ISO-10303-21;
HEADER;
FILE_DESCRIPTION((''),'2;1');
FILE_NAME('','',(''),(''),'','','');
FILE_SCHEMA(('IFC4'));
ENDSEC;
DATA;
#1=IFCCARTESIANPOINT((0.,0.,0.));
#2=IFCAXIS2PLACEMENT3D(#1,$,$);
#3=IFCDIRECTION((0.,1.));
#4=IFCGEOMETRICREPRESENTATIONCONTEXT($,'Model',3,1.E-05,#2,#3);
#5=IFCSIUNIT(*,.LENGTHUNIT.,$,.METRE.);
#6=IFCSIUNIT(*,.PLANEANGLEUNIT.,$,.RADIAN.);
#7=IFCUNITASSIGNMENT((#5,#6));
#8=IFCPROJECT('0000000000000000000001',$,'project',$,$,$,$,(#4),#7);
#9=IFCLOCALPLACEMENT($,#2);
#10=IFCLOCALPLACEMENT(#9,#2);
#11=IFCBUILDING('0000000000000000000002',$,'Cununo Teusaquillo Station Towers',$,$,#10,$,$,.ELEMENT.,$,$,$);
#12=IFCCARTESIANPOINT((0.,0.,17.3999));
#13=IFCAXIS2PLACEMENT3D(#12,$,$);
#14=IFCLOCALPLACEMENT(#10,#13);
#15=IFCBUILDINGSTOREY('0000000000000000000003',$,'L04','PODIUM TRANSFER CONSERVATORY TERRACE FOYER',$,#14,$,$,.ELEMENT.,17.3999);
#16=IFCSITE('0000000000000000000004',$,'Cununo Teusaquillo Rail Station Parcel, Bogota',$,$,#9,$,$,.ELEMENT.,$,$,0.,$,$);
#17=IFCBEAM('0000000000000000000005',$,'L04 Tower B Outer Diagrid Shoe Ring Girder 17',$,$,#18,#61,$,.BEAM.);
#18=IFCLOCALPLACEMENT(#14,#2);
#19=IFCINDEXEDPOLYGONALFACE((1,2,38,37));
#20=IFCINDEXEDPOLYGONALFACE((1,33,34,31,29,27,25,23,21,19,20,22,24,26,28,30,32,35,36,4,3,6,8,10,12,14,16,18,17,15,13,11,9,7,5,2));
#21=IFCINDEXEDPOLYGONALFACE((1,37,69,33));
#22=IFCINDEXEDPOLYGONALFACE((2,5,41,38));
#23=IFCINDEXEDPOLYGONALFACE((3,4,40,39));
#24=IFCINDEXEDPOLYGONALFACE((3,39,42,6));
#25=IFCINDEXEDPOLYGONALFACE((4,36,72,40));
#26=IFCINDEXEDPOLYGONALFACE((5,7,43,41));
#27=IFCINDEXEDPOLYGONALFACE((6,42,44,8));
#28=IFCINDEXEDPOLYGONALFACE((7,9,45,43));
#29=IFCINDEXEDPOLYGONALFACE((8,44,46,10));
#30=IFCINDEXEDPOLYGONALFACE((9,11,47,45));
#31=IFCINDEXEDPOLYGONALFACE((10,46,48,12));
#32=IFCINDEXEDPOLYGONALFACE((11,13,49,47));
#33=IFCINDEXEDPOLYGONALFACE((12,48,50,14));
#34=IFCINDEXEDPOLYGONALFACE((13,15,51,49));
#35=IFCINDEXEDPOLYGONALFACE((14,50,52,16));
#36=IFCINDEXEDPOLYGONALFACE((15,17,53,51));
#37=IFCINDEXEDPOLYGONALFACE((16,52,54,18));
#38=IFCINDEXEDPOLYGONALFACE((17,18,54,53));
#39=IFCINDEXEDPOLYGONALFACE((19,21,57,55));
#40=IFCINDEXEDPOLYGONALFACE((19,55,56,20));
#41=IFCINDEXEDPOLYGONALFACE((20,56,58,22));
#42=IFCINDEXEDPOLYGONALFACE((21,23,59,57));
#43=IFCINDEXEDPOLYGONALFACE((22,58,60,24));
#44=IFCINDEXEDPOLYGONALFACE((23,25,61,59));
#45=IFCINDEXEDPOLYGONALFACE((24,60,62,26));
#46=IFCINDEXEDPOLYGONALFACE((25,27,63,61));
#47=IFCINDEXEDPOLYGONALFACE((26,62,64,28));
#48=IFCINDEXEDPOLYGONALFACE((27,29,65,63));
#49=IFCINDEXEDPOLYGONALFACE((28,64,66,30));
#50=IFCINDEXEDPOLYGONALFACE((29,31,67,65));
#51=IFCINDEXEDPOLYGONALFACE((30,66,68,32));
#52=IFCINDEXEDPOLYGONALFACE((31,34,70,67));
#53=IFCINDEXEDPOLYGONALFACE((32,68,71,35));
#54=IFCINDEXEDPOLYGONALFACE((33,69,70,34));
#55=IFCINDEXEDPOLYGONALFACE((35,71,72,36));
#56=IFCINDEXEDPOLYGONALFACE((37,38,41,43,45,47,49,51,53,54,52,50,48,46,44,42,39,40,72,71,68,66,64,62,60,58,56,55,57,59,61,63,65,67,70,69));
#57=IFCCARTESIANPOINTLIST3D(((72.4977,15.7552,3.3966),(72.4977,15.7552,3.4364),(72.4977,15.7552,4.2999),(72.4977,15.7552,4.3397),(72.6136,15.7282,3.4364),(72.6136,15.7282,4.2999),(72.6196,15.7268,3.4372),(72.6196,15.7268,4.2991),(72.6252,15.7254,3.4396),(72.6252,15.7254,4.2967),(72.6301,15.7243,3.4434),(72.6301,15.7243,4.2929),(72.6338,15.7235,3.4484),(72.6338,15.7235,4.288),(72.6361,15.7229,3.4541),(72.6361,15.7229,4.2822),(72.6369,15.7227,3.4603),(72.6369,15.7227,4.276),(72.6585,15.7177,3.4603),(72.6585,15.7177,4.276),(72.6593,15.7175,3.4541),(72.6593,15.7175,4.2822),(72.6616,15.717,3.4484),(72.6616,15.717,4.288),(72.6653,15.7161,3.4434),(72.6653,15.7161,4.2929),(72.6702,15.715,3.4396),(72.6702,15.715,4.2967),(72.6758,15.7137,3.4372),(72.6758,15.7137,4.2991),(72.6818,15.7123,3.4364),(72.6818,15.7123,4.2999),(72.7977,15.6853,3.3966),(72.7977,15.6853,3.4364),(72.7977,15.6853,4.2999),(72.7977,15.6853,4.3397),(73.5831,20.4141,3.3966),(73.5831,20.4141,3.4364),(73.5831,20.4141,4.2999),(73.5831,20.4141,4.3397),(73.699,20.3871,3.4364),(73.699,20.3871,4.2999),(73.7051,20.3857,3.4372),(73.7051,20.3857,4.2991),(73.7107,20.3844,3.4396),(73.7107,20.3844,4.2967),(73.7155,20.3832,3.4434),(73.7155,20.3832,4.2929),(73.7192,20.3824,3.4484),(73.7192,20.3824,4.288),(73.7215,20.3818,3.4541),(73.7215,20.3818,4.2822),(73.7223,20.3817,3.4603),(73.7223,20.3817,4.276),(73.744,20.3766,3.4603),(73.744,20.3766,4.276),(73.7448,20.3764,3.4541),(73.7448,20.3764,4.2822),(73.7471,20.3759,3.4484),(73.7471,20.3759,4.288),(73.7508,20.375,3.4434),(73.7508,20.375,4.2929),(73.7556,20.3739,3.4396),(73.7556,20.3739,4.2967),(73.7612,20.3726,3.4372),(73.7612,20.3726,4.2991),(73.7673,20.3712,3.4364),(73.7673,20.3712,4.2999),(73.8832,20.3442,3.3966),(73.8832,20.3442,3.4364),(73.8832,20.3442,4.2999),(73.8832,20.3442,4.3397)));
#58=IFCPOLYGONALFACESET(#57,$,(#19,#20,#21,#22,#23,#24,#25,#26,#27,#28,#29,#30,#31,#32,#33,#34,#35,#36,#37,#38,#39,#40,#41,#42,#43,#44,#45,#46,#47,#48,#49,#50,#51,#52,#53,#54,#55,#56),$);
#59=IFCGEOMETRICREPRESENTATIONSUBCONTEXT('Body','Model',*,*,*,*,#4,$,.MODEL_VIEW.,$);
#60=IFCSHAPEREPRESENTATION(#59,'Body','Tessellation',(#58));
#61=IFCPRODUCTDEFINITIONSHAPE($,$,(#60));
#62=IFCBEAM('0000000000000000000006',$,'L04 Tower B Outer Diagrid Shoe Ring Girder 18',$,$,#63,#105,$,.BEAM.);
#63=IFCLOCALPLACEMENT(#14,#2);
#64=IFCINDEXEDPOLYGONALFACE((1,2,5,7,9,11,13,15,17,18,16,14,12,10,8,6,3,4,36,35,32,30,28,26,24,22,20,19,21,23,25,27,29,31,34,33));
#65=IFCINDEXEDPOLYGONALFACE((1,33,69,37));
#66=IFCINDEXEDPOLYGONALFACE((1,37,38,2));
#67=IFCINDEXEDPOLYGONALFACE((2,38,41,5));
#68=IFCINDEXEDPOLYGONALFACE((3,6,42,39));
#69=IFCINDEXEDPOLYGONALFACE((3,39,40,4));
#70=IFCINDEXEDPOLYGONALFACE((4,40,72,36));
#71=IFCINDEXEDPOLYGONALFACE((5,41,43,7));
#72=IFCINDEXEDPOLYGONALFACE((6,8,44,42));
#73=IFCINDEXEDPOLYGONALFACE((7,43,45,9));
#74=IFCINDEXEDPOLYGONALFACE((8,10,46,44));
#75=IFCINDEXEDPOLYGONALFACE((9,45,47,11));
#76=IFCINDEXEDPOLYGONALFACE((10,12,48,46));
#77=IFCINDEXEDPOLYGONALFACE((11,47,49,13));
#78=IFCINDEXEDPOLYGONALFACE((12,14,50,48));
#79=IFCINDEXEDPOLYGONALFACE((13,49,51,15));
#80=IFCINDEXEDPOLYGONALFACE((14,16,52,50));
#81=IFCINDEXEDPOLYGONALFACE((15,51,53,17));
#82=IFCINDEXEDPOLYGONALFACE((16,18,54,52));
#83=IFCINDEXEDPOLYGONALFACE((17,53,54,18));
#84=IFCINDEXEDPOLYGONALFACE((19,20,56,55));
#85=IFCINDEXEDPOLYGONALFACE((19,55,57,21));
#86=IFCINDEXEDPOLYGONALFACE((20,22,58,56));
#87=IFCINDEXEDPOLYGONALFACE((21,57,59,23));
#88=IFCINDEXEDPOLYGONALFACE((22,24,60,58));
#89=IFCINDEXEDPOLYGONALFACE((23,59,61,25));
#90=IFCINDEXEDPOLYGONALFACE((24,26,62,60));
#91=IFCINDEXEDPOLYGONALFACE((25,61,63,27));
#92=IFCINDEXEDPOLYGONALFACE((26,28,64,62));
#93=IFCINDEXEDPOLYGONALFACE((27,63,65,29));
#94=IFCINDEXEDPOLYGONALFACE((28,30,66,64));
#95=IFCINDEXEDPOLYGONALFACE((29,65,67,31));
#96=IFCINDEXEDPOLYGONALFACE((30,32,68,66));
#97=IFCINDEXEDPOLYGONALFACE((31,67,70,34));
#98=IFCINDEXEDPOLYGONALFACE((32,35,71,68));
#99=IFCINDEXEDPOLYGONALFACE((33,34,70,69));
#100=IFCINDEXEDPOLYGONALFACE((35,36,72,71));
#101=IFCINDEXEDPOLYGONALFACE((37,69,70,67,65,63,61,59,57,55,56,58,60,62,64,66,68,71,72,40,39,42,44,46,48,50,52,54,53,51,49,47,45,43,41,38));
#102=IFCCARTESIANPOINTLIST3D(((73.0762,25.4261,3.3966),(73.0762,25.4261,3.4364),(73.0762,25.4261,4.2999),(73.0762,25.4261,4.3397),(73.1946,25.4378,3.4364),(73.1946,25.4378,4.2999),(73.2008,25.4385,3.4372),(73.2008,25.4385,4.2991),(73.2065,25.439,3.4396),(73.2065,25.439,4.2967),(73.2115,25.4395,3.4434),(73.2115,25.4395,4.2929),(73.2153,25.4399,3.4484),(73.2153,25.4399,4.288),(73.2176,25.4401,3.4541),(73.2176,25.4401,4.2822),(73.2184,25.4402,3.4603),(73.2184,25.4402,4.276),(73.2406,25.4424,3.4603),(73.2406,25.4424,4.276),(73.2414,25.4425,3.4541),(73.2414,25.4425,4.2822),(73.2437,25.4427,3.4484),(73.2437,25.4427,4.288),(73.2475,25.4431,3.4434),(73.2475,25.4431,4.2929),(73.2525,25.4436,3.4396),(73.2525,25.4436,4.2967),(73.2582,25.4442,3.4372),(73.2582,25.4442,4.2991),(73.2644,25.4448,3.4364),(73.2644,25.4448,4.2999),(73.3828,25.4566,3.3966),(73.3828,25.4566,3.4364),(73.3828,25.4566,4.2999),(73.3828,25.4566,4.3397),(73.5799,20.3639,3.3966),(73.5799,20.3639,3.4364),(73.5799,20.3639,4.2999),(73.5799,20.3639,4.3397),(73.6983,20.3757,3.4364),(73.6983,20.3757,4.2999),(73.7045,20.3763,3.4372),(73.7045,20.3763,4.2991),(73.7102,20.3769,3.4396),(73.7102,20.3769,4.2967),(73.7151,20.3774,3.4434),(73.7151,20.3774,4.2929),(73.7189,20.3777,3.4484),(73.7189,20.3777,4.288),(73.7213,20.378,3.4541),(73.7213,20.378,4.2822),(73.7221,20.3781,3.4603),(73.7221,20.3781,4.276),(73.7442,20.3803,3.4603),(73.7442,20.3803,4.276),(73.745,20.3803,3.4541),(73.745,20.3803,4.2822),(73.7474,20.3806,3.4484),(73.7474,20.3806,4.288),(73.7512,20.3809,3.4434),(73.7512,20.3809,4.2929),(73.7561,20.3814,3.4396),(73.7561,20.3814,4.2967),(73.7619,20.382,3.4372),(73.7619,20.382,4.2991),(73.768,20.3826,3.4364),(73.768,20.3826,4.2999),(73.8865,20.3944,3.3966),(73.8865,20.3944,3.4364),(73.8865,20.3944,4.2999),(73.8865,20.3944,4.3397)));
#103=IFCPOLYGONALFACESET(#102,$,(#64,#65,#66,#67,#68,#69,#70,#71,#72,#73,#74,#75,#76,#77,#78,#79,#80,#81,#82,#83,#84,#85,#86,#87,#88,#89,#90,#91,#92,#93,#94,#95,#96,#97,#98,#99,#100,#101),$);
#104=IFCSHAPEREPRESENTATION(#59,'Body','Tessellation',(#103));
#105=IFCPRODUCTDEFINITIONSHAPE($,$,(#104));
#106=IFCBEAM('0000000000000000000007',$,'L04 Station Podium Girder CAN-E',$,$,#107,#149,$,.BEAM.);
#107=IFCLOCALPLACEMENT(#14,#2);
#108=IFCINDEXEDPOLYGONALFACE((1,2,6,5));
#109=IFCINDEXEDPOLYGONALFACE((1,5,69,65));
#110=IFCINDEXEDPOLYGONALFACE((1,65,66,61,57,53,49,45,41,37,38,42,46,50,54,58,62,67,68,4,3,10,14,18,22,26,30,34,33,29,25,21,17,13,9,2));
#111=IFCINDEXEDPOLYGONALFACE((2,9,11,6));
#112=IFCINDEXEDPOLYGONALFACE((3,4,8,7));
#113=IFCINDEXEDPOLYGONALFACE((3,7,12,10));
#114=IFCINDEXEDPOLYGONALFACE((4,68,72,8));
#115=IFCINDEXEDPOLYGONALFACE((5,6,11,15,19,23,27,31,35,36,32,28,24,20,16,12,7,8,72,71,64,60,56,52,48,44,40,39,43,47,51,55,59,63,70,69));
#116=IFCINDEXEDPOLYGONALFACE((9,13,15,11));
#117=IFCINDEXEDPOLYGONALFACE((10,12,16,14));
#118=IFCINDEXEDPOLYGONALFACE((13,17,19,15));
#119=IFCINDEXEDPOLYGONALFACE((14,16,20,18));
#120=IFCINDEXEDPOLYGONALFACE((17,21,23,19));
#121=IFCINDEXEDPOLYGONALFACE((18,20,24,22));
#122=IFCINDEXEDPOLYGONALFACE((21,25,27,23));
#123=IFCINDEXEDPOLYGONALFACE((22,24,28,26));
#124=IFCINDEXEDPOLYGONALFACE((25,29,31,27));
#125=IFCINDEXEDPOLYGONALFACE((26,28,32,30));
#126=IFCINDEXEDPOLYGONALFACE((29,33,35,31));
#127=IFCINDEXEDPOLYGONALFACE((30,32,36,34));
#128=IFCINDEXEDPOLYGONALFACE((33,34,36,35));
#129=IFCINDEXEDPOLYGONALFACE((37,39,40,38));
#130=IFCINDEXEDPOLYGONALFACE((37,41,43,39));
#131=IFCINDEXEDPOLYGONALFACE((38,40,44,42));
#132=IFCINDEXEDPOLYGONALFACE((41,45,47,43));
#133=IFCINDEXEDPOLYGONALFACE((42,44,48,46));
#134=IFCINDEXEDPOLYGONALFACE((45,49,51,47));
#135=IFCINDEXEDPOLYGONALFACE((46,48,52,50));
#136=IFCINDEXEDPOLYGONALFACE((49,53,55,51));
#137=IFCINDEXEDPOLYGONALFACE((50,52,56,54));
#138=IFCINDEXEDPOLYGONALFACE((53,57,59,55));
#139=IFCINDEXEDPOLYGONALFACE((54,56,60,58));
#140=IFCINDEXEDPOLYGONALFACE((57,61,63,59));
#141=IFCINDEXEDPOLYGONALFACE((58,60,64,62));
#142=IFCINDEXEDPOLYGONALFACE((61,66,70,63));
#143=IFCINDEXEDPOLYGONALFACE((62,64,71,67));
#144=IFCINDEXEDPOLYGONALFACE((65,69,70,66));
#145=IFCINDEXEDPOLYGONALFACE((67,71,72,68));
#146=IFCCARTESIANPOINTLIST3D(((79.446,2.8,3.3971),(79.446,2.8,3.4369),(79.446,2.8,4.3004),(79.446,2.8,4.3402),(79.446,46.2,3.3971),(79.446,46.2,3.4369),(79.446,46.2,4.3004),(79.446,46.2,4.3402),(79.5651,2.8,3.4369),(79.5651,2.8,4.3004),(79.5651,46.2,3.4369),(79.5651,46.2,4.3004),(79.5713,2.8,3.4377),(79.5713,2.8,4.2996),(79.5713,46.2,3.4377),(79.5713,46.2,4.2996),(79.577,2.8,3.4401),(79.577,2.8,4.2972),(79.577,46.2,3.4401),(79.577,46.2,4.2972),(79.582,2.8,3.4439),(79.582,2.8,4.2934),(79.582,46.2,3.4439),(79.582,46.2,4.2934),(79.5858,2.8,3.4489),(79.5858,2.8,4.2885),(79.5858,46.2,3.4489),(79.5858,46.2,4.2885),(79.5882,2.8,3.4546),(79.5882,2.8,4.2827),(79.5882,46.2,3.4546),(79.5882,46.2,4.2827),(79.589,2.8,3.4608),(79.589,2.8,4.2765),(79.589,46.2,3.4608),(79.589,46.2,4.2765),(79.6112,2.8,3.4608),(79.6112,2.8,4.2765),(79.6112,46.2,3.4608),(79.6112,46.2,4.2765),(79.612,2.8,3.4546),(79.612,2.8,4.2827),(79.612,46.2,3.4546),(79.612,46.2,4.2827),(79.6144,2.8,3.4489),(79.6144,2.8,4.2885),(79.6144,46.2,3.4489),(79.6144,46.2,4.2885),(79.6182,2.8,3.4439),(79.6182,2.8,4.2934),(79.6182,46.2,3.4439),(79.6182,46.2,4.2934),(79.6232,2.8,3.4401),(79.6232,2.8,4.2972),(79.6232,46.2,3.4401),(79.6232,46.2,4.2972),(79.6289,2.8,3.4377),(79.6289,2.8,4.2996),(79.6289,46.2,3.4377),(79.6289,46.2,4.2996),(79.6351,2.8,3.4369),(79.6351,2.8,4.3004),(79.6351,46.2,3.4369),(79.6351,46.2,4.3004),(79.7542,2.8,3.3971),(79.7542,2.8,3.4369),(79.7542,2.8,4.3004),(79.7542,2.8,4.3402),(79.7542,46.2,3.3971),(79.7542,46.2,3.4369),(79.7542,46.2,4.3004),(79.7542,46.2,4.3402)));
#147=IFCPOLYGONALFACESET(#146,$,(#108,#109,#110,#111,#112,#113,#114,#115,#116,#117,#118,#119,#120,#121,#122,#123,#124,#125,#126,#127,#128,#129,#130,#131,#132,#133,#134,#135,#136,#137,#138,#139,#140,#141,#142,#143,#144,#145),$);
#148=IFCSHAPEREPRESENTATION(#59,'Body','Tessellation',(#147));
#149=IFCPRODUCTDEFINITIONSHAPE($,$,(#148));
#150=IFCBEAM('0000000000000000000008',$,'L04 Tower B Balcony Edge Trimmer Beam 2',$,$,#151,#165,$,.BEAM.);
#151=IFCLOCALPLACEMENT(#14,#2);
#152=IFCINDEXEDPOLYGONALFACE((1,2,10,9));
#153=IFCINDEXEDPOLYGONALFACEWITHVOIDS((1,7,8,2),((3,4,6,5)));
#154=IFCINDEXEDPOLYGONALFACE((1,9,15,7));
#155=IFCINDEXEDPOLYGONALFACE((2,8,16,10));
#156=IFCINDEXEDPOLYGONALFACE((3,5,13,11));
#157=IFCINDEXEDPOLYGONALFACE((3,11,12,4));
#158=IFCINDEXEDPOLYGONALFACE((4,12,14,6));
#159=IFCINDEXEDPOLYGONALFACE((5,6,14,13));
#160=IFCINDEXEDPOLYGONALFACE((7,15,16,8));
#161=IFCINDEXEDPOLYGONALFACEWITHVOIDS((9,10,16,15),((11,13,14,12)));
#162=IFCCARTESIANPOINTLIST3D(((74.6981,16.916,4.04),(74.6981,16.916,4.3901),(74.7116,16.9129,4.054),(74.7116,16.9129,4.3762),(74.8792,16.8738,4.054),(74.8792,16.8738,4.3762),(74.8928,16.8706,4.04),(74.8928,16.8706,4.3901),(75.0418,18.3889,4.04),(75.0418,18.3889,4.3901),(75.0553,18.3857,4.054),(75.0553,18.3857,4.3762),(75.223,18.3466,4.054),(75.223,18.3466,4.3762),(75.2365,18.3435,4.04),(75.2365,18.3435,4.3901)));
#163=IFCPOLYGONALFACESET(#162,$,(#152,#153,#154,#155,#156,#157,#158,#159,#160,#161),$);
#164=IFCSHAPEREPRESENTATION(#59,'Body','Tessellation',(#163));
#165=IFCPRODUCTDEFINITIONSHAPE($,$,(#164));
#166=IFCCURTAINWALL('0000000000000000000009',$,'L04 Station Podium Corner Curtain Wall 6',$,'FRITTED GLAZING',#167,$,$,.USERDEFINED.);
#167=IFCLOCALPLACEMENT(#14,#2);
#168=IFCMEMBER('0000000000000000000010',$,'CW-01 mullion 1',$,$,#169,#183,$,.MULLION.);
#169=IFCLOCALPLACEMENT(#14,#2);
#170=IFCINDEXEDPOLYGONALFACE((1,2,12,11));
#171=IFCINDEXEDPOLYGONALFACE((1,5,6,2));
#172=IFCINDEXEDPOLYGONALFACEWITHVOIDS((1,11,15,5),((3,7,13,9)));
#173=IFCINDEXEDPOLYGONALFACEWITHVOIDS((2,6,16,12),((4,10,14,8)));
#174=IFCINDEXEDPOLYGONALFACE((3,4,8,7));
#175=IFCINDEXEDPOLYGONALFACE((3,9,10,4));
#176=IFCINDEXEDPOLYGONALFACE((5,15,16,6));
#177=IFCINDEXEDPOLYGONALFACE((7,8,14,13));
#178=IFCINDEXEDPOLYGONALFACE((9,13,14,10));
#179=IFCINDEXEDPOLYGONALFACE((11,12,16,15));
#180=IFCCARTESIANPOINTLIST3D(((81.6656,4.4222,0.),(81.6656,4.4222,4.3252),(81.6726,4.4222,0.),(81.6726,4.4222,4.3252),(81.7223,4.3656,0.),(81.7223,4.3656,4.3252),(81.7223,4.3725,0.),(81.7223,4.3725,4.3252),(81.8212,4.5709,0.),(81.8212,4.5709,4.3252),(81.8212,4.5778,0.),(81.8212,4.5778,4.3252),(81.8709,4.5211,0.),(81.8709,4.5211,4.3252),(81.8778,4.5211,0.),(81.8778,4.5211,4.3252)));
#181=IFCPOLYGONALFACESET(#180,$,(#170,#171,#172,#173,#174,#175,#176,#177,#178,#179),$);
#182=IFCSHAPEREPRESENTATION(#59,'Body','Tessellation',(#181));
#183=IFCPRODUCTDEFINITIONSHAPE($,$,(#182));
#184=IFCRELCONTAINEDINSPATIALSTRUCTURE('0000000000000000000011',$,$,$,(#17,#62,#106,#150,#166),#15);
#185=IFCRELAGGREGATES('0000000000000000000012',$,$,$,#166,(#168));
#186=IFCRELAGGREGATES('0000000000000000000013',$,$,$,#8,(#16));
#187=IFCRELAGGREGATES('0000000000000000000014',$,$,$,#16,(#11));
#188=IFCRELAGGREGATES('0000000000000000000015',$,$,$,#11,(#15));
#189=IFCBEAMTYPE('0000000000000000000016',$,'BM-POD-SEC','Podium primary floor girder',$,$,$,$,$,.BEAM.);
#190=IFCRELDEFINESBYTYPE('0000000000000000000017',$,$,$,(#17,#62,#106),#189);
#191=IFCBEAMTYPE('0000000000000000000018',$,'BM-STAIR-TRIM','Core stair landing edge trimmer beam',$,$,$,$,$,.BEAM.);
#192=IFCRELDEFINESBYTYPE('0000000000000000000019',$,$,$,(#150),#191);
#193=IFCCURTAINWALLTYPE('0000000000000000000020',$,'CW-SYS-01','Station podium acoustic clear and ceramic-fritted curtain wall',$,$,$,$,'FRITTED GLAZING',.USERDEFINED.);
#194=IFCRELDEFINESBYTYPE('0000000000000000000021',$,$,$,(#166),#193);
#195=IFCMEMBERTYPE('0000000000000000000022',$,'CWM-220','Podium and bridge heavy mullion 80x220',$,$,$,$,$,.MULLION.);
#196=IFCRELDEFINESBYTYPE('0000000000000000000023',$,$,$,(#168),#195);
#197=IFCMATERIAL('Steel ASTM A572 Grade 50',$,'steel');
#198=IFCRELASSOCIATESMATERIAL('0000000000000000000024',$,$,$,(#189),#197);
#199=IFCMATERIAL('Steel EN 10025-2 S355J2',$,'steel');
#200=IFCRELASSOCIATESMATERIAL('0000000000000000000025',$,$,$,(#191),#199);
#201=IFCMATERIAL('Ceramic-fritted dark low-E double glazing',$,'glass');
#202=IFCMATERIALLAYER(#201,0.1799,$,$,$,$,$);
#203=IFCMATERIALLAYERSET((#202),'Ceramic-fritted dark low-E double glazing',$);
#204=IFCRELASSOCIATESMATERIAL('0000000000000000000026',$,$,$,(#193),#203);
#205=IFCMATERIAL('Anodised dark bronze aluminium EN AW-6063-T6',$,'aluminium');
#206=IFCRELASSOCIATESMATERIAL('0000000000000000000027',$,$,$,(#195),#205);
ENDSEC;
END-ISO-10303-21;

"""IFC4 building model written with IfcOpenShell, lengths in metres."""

from ifc_helpers import new_model, si_unit, direction, frame, origin, origin_2d, place, context, subcontext, project, spatial, hollow_rectangle, i_section, extrude, material, layer, layer_set, material_profile, profile_set, type_object, element, aggregate, save


model = new_model("IFC4")

# Units and contexts
model_context = context("Model", 3, precision=1e-05, world=origin(), true_north=direction((0.0, 1.0)))
body_context = subcontext(model_context, "Body", "Model", "MODEL_VIEW")
ifc_project = project(units=[si_unit("LENGTHUNIT", "METRE"), si_unit("PLANEANGLEUNIT", "RADIAN")], contexts=[model_context])

# Site, building, storey
site_placement = place(None, origin())
site = spatial("IfcSite", under=ifc_project, at=site_placement, Name="Cununo Teusaquillo Rail Station Parcel, Bogota", CompositionType="ELEMENT", RefElevation=0.0)
building_placement = place(site_placement, origin())
building = spatial("IfcBuilding", under=site, at=building_placement, Name="Cununo Teusaquillo Station Towers", CompositionType="ELEMENT")
storey_placement = place(building_placement, frame((0.0, 0.0, 17.3999)))
storey = spatial("IfcBuildingStorey", under=building, at=storey_placement, Name="L04", Description="PODIUM TRANSFER CONSERVATORY TERRACE FOYER", CompositionType="ELEMENT", Elevation=17.3999)

# Beams
ifc_material_1 = material(Name="Steel ASTM A572 Grade 50", Category="steel")
ifc_material_profile_1 = material_profile(ifc_material_1, i_section(OverallWidth=0.3081, OverallDepth=0.9431, WebThickness=0.0222, FlangeThickness=0.0398, FilletRadius=0.0239, at=origin_2d()), Name="W36X232")
ifc_profile_set_1 = profile_set([ifc_material_profile_1], Name="Steel ASTM A572 Grade 50")
beam_type_1 = type_object("IfcBeamType", Name="BM-POD-SEC", Description="Podium primary floor girder", PredefinedType="BEAM", material=ifc_profile_set_1)
beam_1_placement = place(storey_placement, frame((72.6477, 15.7202, 3.8682), z_axis=(0.226905, 0.973917, 0.0), x_axis=(-0.973917, 0.226905, 0.0)))
element("IfcBeam", 1, at=beam_1_placement, inside=storey, type_object=beam_type_1, Name="L04 Tower B Outer Diagrid Shoe Ring Girder 17", PredefinedType="BEAM", context=body_context, shape_type="SweptSolid", body=[
    extrude(i_section(OverallWidth=0.3081, OverallDepth=0.9431, WebThickness=0.0222, FlangeThickness=0.0398, FilletRadius=0.0239, at=origin_2d()), origin(), (0.0, 0.0, 1.0), 4.7837),
])
beam_2_placement = place(storey_placement, frame((73.7332, 20.3792, 3.8682), z_axis=(-0.099005, 0.995087, 0.0), x_axis=(-0.995087, -0.099005, 0.0)))
element("IfcBeam", 2, at=beam_2_placement, inside=storey, type_object=beam_type_1, Name="L04 Tower B Outer Diagrid Shoe Ring Girder 18", PredefinedType="BEAM", context=body_context, shape_type="SweptSolid", body=[
    extrude(i_section(OverallWidth=0.3081, OverallDepth=0.9431, WebThickness=0.0222, FlangeThickness=0.0398, FilletRadius=0.0239, at=origin_2d()), origin(), (0.0, 0.0, 1.0), 5.0872),
])
beam_3_placement = place(storey_placement, frame((79.6001, 2.8, 3.8687), z_axis=(0.0, 1.0, 0.0), x_axis=(-1.0, 0.0, 0.0)))
element("IfcBeam", 3, at=beam_3_placement, inside=storey, type_object=beam_type_1, Name="L04 Station Podium Girder CAN-E", PredefinedType="BEAM", context=body_context, shape_type="SweptSolid", body=[
    extrude(i_section(OverallWidth=0.3081, OverallDepth=0.9431, WebThickness=0.0222, FlangeThickness=0.0398, FilletRadius=0.0239, at=origin_2d()), origin(), (0.0, 0.0, 1.0), 43.3999),
])
ifc_material_2 = material(Name="Steel EN 10025-2 S355J2", Category="steel")
ifc_material_profile_2 = material_profile(ifc_material_2, hollow_rectangle(XDim=0.2, YDim=0.3501, WallThickness=0.0139, at=origin_2d()), Name="RHS 350x200x14")
ifc_profile_set_2 = profile_set([ifc_material_profile_2], Name="Steel EN 10025-2 S355J2")
beam_type_2 = type_object("IfcBeamType", Name="BM-STAIR-TRIM", Description="Core stair landing edge trimmer beam", PredefinedType="BEAM", material=ifc_profile_set_2)
beam_4_placement = place(storey_placement, frame((74.7954, 16.8933, 4.2151), z_axis=(0.227276, 0.97383, 0.0), x_axis=(-0.97383, 0.227276, 0.0)))
element("IfcBeam", 4, at=beam_4_placement, inside=storey, type_object=beam_type_2, Name="L04 Tower B Balcony Edge Trimmer Beam 2", PredefinedType="BEAM", context=body_context, shape_type="SweptSolid", body=[
    extrude(hollow_rectangle(XDim=0.2, YDim=0.3501, WallThickness=0.0139, at=origin_2d()), origin(), (0.0, 0.0, 1.0), 1.5125),
])

# Curtain wall, member
ifc_material_3 = material(Name="Ceramic-fritted dark low-E double glazing", Category="glass")
ifc_layer_1 = layer(ifc_material_3, 0.1799)
ifc_layer_set_1 = layer_set([ifc_layer_1], Name="Ceramic-fritted dark low-E double glazing")
curtain_wall_type = type_object("IfcCurtainWallType", Name="CW-SYS-01", Description="Station podium acoustic clear and ceramic-fritted curtain wall", ElementType="FRITTED GLAZING", PredefinedType="USERDEFINED", material=ifc_layer_set_1)
curtain_wall_placement = place(storey_placement, origin())
curtain_wall = element("IfcCurtainWall", 5, at=curtain_wall_placement, inside=storey, type_object=curtain_wall_type, Name="L04 Station Podium Corner Curtain Wall 6", ObjectType="FRITTED GLAZING", PredefinedType="USERDEFINED")
ifc_material_4 = material(Name="Anodised dark bronze aluminium EN AW-6063-T6", Category="aluminium")
ifc_material_profile_3 = material_profile(ifc_material_4, hollow_rectangle(XDim=0.0801, YDim=0.22, WallThickness=0.0049, at=origin_2d()), Name="CW-MULL-80x220")
ifc_profile_set_3 = profile_set([ifc_material_profile_3], Name="Anodised dark bronze aluminium EN AW-6063-T6")
member_type_1 = type_object("IfcMemberType", Name="CWM-220", Description="Podium and bridge heavy mullion 80x220", PredefinedType="MULLION", material=ifc_profile_set_3)
member_1_placement = place(storey_placement, frame((81.7717, 4.4717, 0.0), z_axis=(0.0, 0.0, 1.0), x_axis=(0.707107, -0.707107, 0.0)))
member_1 = element("IfcMember", 6, at=member_1_placement, type_object=member_type_1, Name="CW-01 mullion 1", PredefinedType="MULLION", context=body_context, shape_type="SweptSolid", body=[
    extrude(hollow_rectangle(XDim=0.0801, YDim=0.22, WallThickness=0.0049, at=origin_2d()), origin(), (0.0, 0.0, 1.0), 4.3252),
])

aggregate(curtain_wall, [member_1])

save(model, "model.ifc")
